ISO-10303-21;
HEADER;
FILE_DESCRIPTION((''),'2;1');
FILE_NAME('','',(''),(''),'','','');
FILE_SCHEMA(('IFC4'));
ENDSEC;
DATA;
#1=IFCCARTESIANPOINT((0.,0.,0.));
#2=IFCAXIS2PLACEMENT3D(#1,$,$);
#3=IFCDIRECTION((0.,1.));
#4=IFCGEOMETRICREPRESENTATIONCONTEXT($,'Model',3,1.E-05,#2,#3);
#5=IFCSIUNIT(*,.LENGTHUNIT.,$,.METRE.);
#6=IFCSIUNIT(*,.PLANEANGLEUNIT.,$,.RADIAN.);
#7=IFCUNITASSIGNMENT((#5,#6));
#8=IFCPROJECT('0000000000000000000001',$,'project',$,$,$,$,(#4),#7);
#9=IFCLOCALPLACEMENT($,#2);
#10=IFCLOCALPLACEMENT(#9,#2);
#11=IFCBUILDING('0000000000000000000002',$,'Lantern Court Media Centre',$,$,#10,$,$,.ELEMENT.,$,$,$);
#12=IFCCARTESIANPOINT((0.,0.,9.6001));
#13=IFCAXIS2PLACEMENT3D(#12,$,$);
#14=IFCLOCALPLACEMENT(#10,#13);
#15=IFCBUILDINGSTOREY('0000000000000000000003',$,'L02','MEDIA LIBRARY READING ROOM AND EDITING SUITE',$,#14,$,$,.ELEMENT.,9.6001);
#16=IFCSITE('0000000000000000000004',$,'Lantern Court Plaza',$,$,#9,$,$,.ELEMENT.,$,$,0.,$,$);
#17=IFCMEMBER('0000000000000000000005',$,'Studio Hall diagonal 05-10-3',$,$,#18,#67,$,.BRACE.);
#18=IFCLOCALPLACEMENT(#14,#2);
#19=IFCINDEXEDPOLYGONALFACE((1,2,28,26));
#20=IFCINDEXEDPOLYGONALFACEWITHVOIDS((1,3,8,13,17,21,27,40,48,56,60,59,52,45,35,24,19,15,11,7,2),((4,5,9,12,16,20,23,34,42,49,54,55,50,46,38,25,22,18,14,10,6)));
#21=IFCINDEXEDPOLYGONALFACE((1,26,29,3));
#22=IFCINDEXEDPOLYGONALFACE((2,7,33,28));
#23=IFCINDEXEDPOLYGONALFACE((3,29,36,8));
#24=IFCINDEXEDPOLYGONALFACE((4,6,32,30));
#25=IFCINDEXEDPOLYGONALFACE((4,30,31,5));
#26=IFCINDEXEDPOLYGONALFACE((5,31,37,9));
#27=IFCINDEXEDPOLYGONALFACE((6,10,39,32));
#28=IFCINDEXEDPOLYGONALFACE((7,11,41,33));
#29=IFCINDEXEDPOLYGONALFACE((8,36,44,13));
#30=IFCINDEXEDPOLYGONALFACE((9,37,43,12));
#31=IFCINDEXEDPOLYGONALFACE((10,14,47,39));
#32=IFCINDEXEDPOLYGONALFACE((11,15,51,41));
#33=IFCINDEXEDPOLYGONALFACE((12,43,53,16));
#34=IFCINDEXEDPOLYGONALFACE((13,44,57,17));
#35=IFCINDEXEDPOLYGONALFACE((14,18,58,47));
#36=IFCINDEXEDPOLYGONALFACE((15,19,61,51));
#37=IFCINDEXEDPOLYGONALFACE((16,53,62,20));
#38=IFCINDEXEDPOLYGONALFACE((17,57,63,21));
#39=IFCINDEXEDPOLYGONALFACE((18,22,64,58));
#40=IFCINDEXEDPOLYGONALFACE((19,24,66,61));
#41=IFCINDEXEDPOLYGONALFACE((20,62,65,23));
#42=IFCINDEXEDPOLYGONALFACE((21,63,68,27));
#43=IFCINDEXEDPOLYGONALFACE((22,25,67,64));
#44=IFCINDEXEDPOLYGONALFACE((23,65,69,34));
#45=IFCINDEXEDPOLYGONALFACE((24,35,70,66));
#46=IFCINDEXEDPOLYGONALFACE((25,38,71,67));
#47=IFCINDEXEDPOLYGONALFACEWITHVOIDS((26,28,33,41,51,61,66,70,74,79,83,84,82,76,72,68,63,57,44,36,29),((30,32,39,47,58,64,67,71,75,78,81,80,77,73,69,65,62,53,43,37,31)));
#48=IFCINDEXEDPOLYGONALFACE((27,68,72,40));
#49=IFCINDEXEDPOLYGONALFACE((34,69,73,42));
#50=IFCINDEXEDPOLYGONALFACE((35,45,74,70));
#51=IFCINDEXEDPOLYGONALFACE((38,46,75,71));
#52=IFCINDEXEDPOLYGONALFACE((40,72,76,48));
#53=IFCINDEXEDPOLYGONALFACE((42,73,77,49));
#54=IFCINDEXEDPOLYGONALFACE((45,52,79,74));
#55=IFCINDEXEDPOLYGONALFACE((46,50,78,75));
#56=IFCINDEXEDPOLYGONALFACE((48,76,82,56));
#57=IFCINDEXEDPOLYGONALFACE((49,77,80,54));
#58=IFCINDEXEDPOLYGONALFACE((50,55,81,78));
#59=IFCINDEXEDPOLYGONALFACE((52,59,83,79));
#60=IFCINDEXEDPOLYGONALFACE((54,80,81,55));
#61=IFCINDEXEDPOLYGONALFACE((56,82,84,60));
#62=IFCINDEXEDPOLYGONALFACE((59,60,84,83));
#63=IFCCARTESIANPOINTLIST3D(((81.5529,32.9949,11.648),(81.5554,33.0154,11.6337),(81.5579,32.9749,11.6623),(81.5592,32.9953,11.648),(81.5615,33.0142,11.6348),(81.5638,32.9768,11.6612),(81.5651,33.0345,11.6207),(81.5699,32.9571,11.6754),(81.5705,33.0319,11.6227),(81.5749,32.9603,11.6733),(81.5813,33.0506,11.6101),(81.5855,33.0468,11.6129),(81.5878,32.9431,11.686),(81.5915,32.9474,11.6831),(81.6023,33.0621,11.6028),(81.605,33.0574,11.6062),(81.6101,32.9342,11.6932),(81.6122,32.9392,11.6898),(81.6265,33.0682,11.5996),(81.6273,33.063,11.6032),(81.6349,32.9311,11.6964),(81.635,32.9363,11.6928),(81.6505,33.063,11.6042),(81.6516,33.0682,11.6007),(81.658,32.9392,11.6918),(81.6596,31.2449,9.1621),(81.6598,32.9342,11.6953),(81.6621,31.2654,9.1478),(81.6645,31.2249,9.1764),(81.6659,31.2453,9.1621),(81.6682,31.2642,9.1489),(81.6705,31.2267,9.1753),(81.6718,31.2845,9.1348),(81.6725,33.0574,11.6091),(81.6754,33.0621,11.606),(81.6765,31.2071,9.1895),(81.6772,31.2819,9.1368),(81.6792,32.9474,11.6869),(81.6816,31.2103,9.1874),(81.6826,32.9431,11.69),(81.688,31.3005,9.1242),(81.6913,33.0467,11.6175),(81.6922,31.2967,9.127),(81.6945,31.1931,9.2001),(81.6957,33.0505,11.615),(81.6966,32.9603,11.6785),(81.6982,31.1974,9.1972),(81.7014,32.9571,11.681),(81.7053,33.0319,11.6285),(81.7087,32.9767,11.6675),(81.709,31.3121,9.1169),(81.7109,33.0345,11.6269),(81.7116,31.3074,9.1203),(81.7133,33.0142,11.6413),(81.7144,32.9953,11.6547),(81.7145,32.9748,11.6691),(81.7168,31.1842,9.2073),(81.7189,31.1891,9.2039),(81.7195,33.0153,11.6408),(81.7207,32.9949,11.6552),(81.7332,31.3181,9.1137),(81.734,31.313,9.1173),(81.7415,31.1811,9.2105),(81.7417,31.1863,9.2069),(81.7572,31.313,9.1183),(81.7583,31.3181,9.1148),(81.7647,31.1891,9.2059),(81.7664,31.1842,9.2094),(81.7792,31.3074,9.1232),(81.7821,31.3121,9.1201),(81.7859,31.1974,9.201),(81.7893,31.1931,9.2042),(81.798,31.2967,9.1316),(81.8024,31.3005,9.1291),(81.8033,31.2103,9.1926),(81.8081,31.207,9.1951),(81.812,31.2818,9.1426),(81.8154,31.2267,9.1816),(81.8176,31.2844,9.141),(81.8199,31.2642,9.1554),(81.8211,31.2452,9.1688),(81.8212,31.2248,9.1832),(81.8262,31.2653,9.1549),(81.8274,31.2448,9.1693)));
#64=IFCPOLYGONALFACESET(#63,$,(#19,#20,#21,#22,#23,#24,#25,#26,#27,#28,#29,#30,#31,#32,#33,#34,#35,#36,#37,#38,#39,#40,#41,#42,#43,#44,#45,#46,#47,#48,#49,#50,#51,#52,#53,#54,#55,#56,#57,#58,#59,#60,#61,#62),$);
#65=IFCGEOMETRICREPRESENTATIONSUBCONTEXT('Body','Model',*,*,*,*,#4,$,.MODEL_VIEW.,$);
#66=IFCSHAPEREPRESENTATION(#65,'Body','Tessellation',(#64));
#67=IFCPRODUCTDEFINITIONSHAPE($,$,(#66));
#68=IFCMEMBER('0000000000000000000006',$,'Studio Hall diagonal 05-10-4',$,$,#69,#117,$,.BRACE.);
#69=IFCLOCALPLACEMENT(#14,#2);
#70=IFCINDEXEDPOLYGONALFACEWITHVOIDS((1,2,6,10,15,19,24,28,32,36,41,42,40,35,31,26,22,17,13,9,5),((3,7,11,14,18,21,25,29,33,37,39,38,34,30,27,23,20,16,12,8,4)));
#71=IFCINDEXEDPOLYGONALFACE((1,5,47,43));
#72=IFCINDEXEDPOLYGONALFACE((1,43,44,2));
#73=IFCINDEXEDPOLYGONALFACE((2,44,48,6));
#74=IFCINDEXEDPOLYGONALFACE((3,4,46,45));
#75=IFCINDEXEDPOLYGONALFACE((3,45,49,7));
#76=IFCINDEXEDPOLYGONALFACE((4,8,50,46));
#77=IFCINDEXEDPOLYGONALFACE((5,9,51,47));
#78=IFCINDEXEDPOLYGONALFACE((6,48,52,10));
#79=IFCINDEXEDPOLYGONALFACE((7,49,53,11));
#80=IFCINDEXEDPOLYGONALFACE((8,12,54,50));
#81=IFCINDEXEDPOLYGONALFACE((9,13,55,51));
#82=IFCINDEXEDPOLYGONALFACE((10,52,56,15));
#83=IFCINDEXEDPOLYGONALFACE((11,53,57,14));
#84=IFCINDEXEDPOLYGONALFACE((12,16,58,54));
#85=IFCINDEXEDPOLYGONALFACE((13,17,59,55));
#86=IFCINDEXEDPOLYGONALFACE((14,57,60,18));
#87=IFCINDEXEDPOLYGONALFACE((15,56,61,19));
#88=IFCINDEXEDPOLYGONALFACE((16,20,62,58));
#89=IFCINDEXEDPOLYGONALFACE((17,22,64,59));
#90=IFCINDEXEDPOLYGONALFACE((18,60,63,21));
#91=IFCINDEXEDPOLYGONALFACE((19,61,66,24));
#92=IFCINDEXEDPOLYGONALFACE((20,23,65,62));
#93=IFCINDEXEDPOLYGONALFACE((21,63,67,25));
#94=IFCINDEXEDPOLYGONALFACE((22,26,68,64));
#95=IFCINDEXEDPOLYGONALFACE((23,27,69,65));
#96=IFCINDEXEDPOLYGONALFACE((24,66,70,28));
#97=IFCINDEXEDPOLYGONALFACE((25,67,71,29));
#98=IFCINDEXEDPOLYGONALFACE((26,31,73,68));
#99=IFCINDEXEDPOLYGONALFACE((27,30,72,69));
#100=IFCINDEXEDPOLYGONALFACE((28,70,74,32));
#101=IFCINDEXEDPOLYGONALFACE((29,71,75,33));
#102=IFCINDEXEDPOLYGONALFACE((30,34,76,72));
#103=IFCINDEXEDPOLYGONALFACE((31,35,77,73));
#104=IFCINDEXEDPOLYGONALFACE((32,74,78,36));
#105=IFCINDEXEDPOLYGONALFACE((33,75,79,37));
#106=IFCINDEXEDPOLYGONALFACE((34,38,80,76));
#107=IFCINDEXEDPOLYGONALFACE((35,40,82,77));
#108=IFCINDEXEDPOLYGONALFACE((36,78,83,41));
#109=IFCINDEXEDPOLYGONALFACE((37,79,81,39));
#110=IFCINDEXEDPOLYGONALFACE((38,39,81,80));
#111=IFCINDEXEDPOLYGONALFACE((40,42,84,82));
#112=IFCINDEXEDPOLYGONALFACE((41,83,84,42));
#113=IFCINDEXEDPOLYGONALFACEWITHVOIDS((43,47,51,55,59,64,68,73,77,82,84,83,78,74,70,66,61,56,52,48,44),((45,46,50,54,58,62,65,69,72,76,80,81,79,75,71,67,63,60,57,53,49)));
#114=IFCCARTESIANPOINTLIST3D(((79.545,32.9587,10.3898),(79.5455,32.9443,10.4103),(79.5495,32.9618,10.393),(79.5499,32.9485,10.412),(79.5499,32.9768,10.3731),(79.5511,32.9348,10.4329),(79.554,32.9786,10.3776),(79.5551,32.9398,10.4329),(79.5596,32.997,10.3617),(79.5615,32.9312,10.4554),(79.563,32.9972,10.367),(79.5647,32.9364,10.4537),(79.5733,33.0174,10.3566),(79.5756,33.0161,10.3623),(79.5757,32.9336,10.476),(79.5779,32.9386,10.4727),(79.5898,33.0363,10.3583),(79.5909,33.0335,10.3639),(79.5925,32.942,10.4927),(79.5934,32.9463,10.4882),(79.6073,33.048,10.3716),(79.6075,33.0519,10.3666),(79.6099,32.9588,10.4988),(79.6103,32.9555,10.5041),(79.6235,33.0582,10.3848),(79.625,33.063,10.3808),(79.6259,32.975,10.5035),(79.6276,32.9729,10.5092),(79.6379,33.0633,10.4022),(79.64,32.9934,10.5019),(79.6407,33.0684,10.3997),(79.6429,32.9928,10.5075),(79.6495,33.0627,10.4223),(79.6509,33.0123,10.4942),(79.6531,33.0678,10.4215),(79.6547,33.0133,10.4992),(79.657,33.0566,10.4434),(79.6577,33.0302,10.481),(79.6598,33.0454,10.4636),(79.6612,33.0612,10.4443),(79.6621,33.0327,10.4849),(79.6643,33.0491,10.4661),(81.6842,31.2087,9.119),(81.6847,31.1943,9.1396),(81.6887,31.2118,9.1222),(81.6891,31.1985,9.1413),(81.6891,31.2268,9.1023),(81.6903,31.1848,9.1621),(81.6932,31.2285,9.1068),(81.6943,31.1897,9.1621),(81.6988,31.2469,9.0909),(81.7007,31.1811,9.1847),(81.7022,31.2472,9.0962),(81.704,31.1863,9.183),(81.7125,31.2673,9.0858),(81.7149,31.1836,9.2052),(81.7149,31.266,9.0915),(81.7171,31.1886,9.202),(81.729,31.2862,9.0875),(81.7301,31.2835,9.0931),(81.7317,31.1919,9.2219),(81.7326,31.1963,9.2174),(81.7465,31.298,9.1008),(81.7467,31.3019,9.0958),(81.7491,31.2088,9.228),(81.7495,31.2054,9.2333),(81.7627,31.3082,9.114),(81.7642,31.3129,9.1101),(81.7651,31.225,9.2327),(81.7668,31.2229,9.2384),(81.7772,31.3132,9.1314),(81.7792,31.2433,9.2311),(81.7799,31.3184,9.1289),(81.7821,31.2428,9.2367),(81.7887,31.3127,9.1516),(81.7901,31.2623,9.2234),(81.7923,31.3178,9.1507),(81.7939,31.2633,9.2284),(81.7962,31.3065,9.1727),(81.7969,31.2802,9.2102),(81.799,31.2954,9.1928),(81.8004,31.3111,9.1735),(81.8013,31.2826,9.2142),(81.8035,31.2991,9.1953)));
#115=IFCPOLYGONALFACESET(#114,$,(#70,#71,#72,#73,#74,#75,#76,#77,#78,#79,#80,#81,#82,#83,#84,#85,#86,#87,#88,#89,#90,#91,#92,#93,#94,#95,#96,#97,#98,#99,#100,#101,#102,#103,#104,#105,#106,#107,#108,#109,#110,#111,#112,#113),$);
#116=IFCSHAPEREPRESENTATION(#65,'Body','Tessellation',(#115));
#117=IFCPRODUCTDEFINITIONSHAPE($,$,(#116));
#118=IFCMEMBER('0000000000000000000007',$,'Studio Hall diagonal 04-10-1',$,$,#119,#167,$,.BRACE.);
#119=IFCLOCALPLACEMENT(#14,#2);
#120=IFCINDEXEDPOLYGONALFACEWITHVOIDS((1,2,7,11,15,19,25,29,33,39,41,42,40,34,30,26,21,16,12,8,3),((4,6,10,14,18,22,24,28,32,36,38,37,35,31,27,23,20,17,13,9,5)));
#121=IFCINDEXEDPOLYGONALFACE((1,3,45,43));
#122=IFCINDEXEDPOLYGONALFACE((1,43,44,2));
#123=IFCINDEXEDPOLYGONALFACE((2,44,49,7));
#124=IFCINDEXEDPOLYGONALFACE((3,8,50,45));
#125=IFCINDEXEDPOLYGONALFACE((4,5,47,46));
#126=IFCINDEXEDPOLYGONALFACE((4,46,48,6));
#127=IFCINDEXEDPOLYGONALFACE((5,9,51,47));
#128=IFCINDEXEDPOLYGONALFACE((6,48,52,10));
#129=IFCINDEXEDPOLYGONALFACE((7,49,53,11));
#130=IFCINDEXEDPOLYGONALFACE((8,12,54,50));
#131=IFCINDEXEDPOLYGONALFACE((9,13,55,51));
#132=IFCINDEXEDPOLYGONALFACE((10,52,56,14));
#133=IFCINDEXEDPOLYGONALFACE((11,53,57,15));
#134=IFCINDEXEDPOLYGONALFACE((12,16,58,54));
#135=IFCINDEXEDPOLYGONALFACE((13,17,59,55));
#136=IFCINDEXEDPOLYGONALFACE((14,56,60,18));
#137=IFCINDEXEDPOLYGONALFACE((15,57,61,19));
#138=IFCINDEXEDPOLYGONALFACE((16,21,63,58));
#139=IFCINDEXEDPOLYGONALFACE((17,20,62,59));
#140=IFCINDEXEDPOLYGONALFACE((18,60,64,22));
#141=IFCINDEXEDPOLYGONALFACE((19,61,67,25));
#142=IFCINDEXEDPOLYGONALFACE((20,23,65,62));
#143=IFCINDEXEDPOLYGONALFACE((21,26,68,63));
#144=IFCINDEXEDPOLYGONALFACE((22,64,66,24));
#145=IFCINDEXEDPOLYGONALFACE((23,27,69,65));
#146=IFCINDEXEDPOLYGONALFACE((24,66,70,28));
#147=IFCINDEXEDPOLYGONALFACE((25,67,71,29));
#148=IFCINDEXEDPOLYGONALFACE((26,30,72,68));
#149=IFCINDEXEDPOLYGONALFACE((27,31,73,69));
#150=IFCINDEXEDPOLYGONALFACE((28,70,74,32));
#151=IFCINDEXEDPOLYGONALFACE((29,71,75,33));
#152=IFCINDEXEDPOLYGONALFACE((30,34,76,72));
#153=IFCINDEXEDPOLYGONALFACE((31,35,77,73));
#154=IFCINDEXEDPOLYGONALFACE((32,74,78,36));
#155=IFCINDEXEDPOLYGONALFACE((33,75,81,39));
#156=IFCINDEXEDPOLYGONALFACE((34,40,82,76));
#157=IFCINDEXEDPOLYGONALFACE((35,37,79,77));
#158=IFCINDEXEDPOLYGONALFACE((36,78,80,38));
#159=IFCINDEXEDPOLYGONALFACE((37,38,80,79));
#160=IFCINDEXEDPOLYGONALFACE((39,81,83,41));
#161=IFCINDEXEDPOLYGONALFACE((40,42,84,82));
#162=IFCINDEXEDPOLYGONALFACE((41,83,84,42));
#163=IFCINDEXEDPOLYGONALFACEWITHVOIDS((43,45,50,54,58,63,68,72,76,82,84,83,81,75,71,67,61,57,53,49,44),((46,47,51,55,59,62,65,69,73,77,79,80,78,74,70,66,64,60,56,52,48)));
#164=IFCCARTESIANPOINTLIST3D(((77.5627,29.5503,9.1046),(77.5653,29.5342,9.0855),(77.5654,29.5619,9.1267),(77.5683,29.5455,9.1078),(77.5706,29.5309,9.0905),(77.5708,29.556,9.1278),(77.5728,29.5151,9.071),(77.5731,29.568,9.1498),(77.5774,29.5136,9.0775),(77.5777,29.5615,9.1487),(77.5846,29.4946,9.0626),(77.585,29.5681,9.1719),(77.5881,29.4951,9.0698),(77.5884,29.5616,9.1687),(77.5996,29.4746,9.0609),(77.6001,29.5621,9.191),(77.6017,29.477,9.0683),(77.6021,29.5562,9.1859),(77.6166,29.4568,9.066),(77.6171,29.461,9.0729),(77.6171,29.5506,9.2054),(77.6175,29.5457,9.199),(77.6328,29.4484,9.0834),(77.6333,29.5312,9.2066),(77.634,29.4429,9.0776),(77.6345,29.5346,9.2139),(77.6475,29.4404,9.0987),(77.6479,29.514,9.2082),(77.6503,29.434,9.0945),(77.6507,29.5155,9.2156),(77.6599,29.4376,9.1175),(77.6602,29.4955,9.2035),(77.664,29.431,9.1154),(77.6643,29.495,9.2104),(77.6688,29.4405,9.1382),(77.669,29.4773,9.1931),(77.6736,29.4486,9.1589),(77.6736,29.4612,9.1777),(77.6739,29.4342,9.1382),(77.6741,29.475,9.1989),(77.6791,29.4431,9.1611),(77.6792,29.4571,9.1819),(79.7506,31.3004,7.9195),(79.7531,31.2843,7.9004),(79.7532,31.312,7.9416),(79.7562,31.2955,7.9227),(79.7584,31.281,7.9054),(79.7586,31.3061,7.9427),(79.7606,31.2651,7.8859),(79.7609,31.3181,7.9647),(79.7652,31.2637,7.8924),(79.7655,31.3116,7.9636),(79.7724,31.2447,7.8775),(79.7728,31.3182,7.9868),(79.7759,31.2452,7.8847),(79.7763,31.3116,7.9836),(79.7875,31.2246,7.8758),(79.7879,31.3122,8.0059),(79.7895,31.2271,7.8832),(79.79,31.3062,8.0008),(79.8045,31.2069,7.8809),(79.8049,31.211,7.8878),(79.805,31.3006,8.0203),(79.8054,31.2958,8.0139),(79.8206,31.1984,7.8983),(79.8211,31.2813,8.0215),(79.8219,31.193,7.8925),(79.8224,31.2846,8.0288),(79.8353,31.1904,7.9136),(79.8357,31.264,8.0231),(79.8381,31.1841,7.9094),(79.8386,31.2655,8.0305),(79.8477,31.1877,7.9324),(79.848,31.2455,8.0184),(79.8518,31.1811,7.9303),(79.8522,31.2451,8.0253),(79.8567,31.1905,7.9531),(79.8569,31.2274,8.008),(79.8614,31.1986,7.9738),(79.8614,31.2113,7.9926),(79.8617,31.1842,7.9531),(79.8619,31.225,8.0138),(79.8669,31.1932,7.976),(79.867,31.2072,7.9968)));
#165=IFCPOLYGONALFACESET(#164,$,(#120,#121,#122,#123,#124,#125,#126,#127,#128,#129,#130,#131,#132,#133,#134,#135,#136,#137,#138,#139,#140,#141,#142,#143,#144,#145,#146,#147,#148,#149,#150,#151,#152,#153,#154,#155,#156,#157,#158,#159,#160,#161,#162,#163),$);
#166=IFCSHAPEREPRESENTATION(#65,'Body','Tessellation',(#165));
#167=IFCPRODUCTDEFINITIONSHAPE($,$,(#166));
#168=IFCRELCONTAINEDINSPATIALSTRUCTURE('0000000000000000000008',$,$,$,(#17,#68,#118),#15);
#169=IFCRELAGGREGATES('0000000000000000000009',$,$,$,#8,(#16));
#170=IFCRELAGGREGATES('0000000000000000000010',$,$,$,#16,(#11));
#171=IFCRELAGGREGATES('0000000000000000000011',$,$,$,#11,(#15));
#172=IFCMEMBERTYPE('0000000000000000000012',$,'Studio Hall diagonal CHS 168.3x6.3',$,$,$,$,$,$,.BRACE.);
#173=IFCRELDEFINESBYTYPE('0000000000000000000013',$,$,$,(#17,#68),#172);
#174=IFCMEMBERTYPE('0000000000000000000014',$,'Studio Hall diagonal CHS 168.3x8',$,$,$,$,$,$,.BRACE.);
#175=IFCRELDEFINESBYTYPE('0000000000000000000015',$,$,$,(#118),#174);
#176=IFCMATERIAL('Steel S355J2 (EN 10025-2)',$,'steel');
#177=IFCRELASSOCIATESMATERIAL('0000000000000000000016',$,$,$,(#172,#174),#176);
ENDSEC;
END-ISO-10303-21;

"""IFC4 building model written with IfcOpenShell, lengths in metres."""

from ifc_helpers import new_model, si_unit, direction, frame, origin, origin_2d, place, context, subcontext, project, spatial, hollow_circle, extrude, material, material_profile, profile_set, type_object, element, save


model = new_model("IFC4")

# Units and contexts
model_context = context("Model", 3, precision=1e-05, world=origin(), true_north=direction((0.0, 1.0)))
body_context = subcontext(model_context, "Body", "Model", "MODEL_VIEW")
ifc_project = project(units=[si_unit("LENGTHUNIT", "METRE"), si_unit("PLANEANGLEUNIT", "RADIAN")], contexts=[model_context])

# Site, building, storey
site_placement = place(None, origin())
site = spatial("IfcSite", under=ifc_project, at=site_placement, Name="Lantern Court Plaza", CompositionType="ELEMENT", RefElevation=0.0)
building_placement = place(site_placement, origin())
building = spatial("IfcBuilding", under=site, at=building_placement, Name="Lantern Court Media Centre", CompositionType="ELEMENT")
storey_placement = place(building_placement, frame((0.0, 0.0, 9.6001)))
storey = spatial("IfcBuildingStorey", under=building, at=storey_placement, Name="L02", Description="MEDIA LIBRARY READING ROOM AND EDITING SUITE", CompositionType="ELEMENT", Elevation=9.6001)

# Members
ifc_material = material(Name="Steel S355J2 (EN 10025-2)", Category="steel")
ifc_material_profile_1 = material_profile(ifc_material, hollow_circle(Radius=0.0842, WallThickness=0.0063, at=origin_2d()), Name="Studio Hall diagonal CHS 168.3x6.3")
ifc_profile_set_1 = profile_set([ifc_material_profile_1], Name="Steel S355J2 (EN 10025-2)")
member_type_1 = type_object("IfcMemberType", Name="Studio Hall diagonal CHS 168.3x6.3", PredefinedType="BRACE", material=ifc_profile_set_1)
for number, where, z_axis, x_axis, name in (
    (1, (81.7437, 31.25, 9.1621), (-0.035073, 0.575294, 0.817194), (-0.998147, -0.060852, 0.0), "Studio Hall diagonal 05-10-3"),
    (2, (81.7437, 31.25, 9.1621), (-0.703225, 0.575293, 0.417746), (-0.63319, -0.773997, 0.0), "Studio Hall diagonal 05-10-4"),
):
    element("IfcMember", number, at=place(storey_placement, frame(where, z_axis=z_axis, x_axis=x_axis)), inside=storey, type_object=member_type_1, Name=name, PredefinedType="BRACE", context=body_context, shape_type="SweptSolid", body=[
        extrude(hollow_circle(Radius=0.0842, WallThickness=0.0063, at=origin_2d()), origin(), (0.0, 0.0, 1.0), 3.042),
    ])
ifc_material_profile_2 = material_profile(ifc_material, hollow_circle(Radius=0.0842, WallThickness=0.0081, at=origin_2d()), Name="Studio Hall diagonal CHS 168.3x8")
ifc_profile_set_2 = profile_set([ifc_material_profile_2], Name="Steel S355J2 (EN 10025-2)")
member_type_2 = type_object("IfcMemberType", Name="Studio Hall diagonal CHS 168.3x8", PredefinedType="BRACE", material=ifc_profile_set_2)
for number, where, z_axis, x_axis, name in (
    (3, (79.8091, 31.25, 7.9531), (-0.719206, -0.5753, 0.38958), (0.624653, -0.780903, 0.0), "Studio Hall diagonal 04-10-1"),
):
    element("IfcMember", number, at=place(storey_placement, frame(where, z_axis=z_axis, x_axis=x_axis)), inside=storey, type_object=member_type_2, Name=name, PredefinedType="BRACE", context=body_context, shape_type="SweptSolid", body=[
        extrude(hollow_circle(Radius=0.0842, WallThickness=0.0081, at=origin_2d()), origin(), (0.0, 0.0, 1.0), 3.042),
    ])

save(model, "model.ifc")
